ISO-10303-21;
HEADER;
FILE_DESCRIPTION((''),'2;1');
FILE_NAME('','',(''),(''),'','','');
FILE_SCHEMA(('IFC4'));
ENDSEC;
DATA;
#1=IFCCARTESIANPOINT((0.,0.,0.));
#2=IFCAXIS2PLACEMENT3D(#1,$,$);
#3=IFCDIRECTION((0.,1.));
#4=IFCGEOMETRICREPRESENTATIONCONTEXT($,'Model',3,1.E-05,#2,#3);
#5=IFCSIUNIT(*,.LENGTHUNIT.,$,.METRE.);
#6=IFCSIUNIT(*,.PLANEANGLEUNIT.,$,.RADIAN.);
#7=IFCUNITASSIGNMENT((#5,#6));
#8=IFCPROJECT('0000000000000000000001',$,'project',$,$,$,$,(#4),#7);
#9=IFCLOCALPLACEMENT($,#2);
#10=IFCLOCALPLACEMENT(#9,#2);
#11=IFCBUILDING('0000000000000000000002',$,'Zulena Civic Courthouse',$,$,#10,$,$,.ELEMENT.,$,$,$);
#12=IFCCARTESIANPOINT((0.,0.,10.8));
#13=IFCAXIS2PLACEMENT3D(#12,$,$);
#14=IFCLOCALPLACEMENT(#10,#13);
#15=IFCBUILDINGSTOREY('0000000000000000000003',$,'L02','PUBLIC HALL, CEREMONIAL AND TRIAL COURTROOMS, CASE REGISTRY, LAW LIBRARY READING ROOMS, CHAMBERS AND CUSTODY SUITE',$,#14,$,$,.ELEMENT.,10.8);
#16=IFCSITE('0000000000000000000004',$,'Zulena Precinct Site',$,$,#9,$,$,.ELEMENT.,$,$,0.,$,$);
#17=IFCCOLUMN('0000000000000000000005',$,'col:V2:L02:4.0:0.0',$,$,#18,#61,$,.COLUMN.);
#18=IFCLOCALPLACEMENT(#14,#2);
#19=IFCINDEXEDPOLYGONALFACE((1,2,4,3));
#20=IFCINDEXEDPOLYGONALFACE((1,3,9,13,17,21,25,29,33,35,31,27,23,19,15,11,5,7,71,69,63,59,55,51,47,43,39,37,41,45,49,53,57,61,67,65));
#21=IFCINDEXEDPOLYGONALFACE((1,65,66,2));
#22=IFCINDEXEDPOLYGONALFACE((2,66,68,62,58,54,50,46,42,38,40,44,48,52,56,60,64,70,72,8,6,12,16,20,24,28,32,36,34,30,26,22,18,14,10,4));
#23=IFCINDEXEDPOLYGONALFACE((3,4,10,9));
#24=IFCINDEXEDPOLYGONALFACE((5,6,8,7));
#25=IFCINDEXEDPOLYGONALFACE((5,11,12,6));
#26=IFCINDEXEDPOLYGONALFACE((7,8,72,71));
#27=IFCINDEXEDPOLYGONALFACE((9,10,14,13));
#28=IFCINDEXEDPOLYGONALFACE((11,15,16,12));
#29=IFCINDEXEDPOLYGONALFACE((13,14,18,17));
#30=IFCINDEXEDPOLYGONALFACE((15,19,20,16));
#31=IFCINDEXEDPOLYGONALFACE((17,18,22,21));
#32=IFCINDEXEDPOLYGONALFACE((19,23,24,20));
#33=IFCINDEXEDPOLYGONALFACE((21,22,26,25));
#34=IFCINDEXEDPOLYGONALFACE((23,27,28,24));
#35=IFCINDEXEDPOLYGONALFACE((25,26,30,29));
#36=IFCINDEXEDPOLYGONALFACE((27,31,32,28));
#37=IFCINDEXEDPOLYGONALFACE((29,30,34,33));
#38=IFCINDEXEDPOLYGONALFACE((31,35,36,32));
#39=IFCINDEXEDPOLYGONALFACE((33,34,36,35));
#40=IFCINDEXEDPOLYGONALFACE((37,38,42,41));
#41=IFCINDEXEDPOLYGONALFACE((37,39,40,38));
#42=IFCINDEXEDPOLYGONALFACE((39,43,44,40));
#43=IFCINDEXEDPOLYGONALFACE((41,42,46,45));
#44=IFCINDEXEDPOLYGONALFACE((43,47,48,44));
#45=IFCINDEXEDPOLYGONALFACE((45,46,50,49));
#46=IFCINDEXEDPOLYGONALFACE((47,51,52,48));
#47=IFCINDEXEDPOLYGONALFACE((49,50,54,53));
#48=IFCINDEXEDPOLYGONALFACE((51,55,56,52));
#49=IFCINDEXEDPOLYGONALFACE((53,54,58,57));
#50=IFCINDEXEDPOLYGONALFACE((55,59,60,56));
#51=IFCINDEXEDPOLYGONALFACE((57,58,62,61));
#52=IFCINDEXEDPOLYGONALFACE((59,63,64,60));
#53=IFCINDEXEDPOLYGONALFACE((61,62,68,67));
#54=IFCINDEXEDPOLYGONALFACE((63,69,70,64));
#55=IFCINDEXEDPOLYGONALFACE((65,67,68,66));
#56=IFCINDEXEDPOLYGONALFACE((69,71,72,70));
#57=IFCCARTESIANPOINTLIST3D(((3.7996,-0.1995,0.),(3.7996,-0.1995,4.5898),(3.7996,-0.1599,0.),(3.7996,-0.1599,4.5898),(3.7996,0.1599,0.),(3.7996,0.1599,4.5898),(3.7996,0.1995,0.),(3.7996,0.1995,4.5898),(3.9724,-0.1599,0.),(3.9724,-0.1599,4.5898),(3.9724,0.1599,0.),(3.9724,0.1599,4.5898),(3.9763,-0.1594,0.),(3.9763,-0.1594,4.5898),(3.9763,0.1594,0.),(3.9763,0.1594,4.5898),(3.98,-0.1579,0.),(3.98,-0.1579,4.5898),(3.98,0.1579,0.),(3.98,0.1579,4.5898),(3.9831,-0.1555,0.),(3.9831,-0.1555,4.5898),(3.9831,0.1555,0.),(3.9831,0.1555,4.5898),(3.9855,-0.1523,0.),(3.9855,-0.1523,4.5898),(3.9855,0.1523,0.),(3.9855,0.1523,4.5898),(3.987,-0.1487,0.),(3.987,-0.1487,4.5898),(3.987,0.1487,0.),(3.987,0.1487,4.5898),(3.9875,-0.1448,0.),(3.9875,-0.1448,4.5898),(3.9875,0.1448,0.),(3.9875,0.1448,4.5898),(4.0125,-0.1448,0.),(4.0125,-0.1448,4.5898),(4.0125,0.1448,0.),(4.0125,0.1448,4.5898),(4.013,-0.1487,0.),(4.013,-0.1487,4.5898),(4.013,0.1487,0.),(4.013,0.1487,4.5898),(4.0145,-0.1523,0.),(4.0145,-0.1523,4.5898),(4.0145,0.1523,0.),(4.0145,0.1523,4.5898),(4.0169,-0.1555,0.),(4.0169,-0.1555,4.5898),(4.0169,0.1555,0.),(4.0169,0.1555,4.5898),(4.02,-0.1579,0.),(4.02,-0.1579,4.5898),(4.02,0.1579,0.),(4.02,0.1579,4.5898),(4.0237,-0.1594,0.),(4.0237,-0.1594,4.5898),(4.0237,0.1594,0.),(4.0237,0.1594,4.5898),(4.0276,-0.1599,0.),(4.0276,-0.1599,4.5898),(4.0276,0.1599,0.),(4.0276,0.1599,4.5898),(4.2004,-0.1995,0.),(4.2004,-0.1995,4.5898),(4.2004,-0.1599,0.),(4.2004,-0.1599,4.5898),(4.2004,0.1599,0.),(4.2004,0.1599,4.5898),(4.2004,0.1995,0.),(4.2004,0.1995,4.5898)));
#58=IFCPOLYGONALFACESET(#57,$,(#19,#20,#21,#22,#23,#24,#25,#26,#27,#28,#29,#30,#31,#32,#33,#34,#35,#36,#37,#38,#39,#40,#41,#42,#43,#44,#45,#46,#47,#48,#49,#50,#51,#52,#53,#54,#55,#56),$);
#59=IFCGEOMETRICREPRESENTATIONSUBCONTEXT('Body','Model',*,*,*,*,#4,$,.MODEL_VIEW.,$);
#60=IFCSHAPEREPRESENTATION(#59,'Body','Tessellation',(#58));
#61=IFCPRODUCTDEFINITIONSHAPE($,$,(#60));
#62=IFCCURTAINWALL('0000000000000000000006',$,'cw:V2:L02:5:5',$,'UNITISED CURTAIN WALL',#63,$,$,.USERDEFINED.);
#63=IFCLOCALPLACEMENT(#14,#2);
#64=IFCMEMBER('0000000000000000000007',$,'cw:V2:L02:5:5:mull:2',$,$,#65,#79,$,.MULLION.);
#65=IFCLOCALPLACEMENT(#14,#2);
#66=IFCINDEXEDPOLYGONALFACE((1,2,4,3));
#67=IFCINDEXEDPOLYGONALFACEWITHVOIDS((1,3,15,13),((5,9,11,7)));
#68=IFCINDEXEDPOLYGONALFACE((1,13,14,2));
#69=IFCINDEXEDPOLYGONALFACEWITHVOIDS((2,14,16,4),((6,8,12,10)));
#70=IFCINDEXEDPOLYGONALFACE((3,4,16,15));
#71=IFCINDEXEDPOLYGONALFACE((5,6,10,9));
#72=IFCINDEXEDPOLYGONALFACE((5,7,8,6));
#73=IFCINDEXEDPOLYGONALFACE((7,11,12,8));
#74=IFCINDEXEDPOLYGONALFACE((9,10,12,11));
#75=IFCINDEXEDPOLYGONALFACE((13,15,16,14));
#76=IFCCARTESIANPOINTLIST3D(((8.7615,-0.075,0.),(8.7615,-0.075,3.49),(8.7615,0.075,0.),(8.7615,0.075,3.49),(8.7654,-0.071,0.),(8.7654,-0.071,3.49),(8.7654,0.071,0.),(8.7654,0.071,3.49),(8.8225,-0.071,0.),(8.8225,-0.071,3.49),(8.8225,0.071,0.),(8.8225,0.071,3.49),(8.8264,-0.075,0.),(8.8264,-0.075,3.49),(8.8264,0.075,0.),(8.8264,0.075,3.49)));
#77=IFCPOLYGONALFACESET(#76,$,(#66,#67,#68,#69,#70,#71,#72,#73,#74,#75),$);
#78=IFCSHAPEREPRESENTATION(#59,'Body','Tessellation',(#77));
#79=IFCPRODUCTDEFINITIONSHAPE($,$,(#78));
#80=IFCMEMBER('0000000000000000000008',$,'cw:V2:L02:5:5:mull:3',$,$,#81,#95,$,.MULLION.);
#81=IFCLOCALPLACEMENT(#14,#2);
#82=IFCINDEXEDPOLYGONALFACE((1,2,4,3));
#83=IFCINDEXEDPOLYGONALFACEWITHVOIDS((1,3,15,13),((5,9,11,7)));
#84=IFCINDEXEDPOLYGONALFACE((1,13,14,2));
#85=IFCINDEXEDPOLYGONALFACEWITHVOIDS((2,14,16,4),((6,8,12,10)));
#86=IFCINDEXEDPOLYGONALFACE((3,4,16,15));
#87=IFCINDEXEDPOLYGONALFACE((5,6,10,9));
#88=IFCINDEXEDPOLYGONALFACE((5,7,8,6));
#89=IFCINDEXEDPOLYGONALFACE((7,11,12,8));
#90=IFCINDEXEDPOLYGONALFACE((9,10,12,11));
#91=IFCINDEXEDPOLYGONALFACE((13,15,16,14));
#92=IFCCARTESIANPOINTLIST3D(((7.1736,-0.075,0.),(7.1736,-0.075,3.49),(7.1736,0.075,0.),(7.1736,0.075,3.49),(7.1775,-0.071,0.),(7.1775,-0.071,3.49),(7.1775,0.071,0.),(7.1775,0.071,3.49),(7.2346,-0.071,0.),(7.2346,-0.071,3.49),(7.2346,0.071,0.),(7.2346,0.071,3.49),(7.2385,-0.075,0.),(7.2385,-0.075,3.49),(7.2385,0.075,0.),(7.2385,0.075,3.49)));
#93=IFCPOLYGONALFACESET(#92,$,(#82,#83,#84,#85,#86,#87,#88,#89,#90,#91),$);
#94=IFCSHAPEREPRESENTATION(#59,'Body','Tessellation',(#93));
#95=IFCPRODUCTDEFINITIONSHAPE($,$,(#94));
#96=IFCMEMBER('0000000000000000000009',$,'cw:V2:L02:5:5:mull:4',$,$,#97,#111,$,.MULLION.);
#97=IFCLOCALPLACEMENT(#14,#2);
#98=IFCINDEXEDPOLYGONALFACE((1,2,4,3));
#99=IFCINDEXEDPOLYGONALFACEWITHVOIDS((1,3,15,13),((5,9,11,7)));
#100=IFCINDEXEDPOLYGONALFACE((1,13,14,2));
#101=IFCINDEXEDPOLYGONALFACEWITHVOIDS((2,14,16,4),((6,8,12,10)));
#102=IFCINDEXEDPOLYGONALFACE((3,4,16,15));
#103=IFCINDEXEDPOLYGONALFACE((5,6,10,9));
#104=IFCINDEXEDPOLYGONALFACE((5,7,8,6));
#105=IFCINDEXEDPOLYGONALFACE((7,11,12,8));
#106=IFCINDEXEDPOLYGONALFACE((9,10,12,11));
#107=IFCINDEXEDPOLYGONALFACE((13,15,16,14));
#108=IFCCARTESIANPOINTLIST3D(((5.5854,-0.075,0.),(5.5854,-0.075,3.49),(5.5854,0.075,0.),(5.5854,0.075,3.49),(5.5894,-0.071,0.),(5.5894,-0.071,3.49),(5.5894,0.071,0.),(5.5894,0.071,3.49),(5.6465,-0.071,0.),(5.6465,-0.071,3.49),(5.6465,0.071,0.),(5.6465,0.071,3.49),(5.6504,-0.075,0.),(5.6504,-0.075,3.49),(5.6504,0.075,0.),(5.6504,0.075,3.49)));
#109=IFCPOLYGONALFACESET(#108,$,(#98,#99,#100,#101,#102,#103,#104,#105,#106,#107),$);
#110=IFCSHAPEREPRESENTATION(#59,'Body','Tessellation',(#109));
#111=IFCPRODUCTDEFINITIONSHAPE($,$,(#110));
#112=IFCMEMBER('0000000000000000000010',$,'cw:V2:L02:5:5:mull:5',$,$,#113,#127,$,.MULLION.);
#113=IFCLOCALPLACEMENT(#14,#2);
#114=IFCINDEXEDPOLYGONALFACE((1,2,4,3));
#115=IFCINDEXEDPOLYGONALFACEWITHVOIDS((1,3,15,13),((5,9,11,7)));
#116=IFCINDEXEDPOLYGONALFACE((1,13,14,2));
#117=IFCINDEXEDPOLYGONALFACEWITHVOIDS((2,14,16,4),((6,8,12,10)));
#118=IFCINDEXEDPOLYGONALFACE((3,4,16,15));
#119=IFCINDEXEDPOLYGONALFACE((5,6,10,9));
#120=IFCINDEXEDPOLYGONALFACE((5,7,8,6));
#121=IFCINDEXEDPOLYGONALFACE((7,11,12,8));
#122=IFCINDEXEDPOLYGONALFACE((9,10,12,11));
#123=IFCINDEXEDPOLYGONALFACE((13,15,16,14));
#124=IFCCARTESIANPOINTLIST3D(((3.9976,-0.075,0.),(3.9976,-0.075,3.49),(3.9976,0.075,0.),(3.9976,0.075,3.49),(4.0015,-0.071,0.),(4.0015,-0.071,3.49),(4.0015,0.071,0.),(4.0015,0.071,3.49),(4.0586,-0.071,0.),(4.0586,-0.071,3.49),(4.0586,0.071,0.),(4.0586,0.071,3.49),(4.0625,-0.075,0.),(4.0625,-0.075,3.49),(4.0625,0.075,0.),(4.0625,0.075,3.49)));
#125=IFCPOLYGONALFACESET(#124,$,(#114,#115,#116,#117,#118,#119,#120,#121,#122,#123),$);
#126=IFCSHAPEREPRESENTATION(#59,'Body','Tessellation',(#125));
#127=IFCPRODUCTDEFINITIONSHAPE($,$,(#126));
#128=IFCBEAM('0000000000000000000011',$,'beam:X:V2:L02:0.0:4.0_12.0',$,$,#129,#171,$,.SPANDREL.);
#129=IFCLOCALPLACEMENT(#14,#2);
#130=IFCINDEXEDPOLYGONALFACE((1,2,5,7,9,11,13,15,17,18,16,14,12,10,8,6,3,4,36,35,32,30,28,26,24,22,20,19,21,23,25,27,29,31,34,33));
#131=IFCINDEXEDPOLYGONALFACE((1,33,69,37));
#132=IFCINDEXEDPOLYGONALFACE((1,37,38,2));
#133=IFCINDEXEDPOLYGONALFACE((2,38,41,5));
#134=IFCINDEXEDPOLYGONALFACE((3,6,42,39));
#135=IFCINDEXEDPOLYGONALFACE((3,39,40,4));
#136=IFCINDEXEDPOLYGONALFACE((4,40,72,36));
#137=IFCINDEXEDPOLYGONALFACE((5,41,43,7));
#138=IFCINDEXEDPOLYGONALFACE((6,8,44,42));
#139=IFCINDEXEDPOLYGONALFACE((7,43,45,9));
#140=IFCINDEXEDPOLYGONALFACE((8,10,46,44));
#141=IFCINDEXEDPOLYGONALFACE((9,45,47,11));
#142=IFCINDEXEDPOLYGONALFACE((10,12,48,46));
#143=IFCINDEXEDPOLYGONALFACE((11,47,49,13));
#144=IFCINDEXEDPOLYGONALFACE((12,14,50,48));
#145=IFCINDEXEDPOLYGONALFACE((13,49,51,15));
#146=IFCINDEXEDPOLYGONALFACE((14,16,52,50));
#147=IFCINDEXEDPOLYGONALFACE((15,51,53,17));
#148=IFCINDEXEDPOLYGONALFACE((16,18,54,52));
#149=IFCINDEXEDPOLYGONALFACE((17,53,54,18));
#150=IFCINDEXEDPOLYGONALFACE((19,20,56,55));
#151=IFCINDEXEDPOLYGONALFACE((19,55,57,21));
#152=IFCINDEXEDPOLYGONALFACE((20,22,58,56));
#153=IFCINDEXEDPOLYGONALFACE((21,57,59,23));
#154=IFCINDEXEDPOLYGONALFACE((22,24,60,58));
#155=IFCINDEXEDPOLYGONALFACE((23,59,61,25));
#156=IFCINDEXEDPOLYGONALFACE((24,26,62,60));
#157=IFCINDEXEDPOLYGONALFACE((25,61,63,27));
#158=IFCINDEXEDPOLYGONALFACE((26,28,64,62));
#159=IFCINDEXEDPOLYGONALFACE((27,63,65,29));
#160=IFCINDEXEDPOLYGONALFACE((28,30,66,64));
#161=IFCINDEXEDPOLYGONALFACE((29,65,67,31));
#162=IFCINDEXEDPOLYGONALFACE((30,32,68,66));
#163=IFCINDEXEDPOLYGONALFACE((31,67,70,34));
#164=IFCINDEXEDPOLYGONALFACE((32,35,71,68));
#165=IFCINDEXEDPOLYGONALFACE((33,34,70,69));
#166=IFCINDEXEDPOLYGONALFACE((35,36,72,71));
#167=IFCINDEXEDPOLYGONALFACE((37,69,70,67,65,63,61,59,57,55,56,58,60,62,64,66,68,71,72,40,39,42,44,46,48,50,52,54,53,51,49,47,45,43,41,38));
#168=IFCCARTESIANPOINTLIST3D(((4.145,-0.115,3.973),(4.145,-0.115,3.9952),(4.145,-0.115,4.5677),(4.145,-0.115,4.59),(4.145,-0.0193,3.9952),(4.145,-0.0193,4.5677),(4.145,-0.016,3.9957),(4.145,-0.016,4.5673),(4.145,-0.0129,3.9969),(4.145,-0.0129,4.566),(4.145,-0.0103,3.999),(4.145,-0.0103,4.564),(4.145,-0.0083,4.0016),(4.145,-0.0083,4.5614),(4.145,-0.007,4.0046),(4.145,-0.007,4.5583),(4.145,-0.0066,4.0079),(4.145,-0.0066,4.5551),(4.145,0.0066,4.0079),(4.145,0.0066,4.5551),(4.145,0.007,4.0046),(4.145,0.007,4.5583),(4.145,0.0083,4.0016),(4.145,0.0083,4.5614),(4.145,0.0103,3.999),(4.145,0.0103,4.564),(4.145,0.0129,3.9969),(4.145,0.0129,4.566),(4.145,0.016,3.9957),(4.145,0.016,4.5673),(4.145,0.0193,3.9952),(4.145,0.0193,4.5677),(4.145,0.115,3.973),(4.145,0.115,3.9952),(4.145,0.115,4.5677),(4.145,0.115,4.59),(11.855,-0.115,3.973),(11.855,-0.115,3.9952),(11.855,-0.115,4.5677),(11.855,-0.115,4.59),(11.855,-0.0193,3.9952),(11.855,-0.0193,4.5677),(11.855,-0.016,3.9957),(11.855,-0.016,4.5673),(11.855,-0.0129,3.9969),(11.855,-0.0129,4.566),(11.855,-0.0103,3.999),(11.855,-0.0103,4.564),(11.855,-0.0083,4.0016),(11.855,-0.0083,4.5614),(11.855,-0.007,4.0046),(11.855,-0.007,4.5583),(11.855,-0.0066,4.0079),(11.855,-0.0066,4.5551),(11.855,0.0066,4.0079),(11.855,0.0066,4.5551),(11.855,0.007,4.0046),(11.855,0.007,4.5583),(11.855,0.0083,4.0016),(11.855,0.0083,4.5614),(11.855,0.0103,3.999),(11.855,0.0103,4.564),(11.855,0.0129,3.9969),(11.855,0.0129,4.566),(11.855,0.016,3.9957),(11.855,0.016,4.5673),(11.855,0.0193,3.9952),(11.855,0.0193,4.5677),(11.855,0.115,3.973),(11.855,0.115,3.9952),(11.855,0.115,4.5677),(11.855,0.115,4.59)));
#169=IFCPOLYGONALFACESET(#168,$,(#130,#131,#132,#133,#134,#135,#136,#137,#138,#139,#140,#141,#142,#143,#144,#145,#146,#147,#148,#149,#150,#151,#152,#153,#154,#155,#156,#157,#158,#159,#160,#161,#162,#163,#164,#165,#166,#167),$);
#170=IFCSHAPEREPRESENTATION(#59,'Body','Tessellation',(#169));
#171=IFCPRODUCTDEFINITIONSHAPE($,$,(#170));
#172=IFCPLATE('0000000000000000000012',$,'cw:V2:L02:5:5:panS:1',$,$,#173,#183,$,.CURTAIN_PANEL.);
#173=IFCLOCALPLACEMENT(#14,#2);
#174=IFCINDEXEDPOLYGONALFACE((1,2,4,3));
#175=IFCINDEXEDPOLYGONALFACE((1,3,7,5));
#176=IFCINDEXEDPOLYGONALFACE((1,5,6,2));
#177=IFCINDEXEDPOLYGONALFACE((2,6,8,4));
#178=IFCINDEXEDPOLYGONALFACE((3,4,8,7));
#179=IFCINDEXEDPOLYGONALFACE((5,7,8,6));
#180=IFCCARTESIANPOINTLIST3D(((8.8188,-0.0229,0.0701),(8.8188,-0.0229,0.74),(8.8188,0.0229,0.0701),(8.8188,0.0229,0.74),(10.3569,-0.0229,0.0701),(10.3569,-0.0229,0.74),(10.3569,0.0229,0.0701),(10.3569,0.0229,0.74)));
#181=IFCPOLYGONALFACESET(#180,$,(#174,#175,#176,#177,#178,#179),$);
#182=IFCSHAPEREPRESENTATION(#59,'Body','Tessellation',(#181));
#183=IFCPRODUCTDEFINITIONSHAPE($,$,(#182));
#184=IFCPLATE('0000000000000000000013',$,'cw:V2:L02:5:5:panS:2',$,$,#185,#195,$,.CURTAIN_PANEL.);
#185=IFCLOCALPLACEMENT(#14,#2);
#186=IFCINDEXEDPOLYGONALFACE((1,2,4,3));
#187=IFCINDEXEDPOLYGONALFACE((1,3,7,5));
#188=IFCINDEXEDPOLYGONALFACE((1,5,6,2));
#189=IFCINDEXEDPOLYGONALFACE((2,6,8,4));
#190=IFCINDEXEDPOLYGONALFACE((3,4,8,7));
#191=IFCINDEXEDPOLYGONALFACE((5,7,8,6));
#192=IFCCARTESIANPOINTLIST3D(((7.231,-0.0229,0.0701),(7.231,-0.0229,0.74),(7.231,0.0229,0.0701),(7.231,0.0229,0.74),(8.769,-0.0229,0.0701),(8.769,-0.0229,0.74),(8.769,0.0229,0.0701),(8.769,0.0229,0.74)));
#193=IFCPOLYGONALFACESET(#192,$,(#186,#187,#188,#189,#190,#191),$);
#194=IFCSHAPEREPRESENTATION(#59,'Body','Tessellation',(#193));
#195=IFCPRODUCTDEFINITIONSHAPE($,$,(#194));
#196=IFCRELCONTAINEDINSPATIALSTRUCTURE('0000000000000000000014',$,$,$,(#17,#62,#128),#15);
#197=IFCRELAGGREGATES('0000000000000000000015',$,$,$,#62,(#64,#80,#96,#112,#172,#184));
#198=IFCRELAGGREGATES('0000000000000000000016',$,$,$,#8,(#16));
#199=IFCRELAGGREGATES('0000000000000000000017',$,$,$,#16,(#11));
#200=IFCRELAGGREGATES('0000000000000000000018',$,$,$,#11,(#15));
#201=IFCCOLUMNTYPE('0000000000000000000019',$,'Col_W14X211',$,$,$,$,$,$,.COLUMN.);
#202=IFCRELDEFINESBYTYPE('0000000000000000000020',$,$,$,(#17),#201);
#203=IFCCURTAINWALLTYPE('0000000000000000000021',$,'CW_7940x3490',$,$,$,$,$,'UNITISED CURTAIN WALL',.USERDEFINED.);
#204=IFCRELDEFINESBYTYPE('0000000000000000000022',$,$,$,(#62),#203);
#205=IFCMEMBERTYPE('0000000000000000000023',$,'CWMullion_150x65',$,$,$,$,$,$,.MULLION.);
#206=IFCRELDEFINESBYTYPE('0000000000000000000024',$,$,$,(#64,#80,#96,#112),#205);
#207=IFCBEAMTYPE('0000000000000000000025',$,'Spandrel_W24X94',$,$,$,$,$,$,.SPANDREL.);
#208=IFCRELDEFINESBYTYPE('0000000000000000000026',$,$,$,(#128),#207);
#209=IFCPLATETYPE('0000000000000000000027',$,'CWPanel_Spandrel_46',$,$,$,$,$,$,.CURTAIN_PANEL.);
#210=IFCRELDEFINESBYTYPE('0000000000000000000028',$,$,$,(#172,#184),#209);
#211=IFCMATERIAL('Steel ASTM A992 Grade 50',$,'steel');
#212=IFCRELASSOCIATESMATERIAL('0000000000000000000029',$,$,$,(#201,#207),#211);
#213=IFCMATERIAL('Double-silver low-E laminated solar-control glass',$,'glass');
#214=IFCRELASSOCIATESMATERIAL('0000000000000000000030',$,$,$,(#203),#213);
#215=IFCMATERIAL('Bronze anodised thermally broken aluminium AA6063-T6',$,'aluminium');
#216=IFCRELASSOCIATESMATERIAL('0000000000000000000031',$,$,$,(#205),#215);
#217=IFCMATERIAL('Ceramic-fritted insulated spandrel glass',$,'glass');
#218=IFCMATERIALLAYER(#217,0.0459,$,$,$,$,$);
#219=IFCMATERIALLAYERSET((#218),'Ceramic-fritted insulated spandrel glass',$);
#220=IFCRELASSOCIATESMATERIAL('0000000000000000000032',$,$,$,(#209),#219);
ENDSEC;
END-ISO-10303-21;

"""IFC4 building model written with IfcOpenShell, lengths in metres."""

from ifc_helpers import new_model, si_unit, direction, frame, origin, origin_2d, place, context, subcontext, project, spatial, rectangle, hollow_rectangle, i_section, extrude, material, layer, layer_set, material_profile, profile_set, type_object, element, aggregate, save


model = new_model("IFC4")

# Units and contexts
model_context = context("Model", 3, precision=1e-05, world=origin(), true_north=direction((0.0, 1.0)))
body_context = subcontext(model_context, "Body", "Model", "MODEL_VIEW")
ifc_project = project(units=[si_unit("LENGTHUNIT", "METRE"), si_unit("PLANEANGLEUNIT", "RADIAN")], contexts=[model_context])

# Site, building, storey
site_placement = place(None, origin())
site = spatial("IfcSite", under=ifc_project, at=site_placement, Name="Zulena Precinct Site", CompositionType="ELEMENT", RefElevation=0.0)
building_placement = place(site_placement, origin())
building = spatial("IfcBuilding", under=site, at=building_placement, Name="Zulena Civic Courthouse", CompositionType="ELEMENT")
storey_placement = place(building_placement, frame((0.0, 0.0, 10.8)))
storey = spatial("IfcBuildingStorey", under=building, at=storey_placement, Name="L02", Description="PUBLIC HALL, CEREMONIAL AND TRIAL COURTROOMS, CASE REGISTRY, LAW LIBRARY READING ROOMS, CHAMBERS AND CUSTODY SUITE", CompositionType="ELEMENT", Elevation=10.8)

# Column
ifc_material_1 = material(Name="Steel ASTM A992 Grade 50", Category="steel")
ifc_material_profile_1 = material_profile(ifc_material_1, i_section(OverallWidth=0.4009, OverallDepth=0.3989, WebThickness=0.0249, FlangeThickness=0.0396, FilletRadius=0.0151, at=origin_2d()), Name="W14X211")
ifc_profile_set_1 = profile_set([ifc_material_profile_1], Name="Steel ASTM A992 Grade 50")
column_type = type_object("IfcColumnType", Name="Col_W14X211", PredefinedType="COLUMN", material=ifc_profile_set_1)
column_placement = place(storey_placement, frame((4.0, 0.0, 0.0), z_axis=(0.0, 0.0, 1.0), x_axis=(1.0, 0.0, 0.0)))
element("IfcColumn", 1, at=column_placement, inside=storey, type_object=column_type, Name="col:V2:L02:4.0:0.0", PredefinedType="COLUMN", context=body_context, shape_type="SweptSolid", body=[
    extrude(i_section(OverallWidth=0.4009, OverallDepth=0.3989, WebThickness=0.0249, FlangeThickness=0.0396, FilletRadius=0.0151, at=origin_2d()), origin(), (0.0, 0.0, 1.0), 4.5898),
])

# Curtain wall, members
ifc_material_2 = material(Name="Double-silver low-E laminated solar-control glass", Category="glass")
curtain_wall_type = type_object("IfcCurtainWallType", Name="CW_7940x3490", ElementType="UNITISED CURTAIN WALL", PredefinedType="USERDEFINED", material=ifc_material_2)
curtain_wall_placement = place(storey_placement, origin())
curtain_wall = element("IfcCurtainWall", 2, at=curtain_wall_placement, inside=storey, type_object=curtain_wall_type, Name="cw:V2:L02:5:5", ObjectType="UNITISED CURTAIN WALL", PredefinedType="USERDEFINED")
ifc_material_3 = material(Name="Bronze anodised thermally broken aluminium AA6063-T6", Category="aluminium")
ifc_material_profile_2 = material_profile(ifc_material_3, hollow_rectangle(XDim=0.0649, YDim=0.1499, WallThickness=0.0039, at=origin_2d()), Name="CWM150X65X4")
ifc_profile_set_2 = profile_set([ifc_material_profile_2], Name="Bronze anodised thermally broken aluminium AA6063-T6")
member_type = type_object("IfcMemberType", Name="CWMullion_150x65", PredefinedType="MULLION", material=ifc_profile_set_2)
member_1_placement = place(storey_placement, frame((8.7939, 0.0, 0.0), z_axis=(0.0, 0.0, 1.0), x_axis=(1.0, 0.0, 0.0)))
member_1 = element("IfcMember", 3, at=member_1_placement, type_object=member_type, Name="cw:V2:L02:5:5:mull:2", PredefinedType="MULLION", context=body_context, shape_type="SweptSolid", body=[
    extrude(hollow_rectangle(XDim=0.0649, YDim=0.1499, WallThickness=0.0039, at=origin_2d()), origin(), (0.0, 0.0, 1.0), 3.49),
])
member_2_placement = place(storey_placement, frame((7.2061, 0.0, 0.0), z_axis=(0.0, 0.0, 1.0), x_axis=(1.0, 0.0, 0.0)))
member_2 = element("IfcMember", 4, at=member_2_placement, type_object=member_type, Name="cw:V2:L02:5:5:mull:3", PredefinedType="MULLION", context=body_context, shape_type="SweptSolid", body=[
    extrude(hollow_rectangle(XDim=0.0649, YDim=0.1499, WallThickness=0.0039, at=origin_2d()), origin(), (0.0, 0.0, 1.0), 3.49),
])
member_3_placement = place(storey_placement, frame((5.6179, 0.0, 0.0), z_axis=(0.0, 0.0, 1.0), x_axis=(1.0, 0.0, 0.0)))
member_3 = element("IfcMember", 5, at=member_3_placement, type_object=member_type, Name="cw:V2:L02:5:5:mull:4", PredefinedType="MULLION", context=body_context, shape_type="SweptSolid", body=[
    extrude(hollow_rectangle(XDim=0.0649, YDim=0.1499, WallThickness=0.0039, at=origin_2d()), origin(), (0.0, 0.0, 1.0), 3.49),
])
member_4_placement = place(storey_placement, frame((4.03, 0.0, 0.0), z_axis=(0.0, 0.0, 1.0), x_axis=(1.0, 0.0, 0.0)))
member_4 = element("IfcMember", 6, at=member_4_placement, type_object=member_type, Name="cw:V2:L02:5:5:mull:5", PredefinedType="MULLION", context=body_context, shape_type="SweptSolid", body=[
    extrude(hollow_rectangle(XDim=0.0649, YDim=0.1499, WallThickness=0.0039, at=origin_2d()), origin(), (0.0, 0.0, 1.0), 3.49),
])

# Beam
ifc_material_profile_3 = material_profile(ifc_material_1, i_section(OverallWidth=0.23, OverallDepth=0.6169, WebThickness=0.0132, FlangeThickness=0.0222, FilletRadius=0.0127, at=origin_2d()), Name="W24X94")
ifc_profile_set_3 = profile_set([ifc_material_profile_3], Name="Steel ASTM A992 Grade 50")
beam_type = type_object("IfcBeamType", Name="Spandrel_W24X94", PredefinedType="SPANDREL", material=ifc_profile_set_3)
beam_placement = place(storey_placement, frame((4.145, 0.0, 4.2815), z_axis=(1.0, 0.0, 0.0), x_axis=(0.0, 1.0, 0.0)))
element("IfcBeam", 7, at=beam_placement, inside=storey, type_object=beam_type, Name="beam:X:V2:L02:0.0:4.0_12.0", PredefinedType="SPANDREL", context=body_context, shape_type="SweptSolid", body=[
    extrude(i_section(OverallWidth=0.23, OverallDepth=0.6169, WebThickness=0.0132, FlangeThickness=0.0222, FilletRadius=0.0127, at=origin_2d()), origin(), (0.0, 0.0, 1.0), 7.71),
])

# Plates
ifc_material_4 = material(Name="Ceramic-fritted insulated spandrel glass", Category="glass")
ifc_layer_1 = layer(ifc_material_4, 0.0459)
ifc_layer_set_1 = layer_set([ifc_layer_1], Name="Ceramic-fritted insulated spandrel glass")
plate_type_1 = type_object("IfcPlateType", Name="CWPanel_Spandrel_46", PredefinedType="CURTAIN_PANEL", material=ifc_layer_set_1)
plate_1_placement = place(storey_placement, frame((9.5879, 0.0, 0.0701), z_axis=(0.0, 0.0, 1.0), x_axis=(-1.0, 0.0, 0.0)))
plate_1 = element("IfcPlate", 8, at=plate_1_placement, type_object=plate_type_1, Name="cw:V2:L02:5:5:panS:1", PredefinedType="CURTAIN_PANEL", context=body_context, shape_type="SweptSolid", body=[
    extrude(rectangle(XDim=1.5381, YDim=0.0459, at=origin_2d()), origin(), (0.0, 0.0, 1.0), 0.6699),
])
plate_2_placement = place(storey_placement, frame((8.0, 0.0, 0.0701), z_axis=(0.0, 0.0, 1.0), x_axis=(-1.0, 0.0, 0.0)))
plate_2 = element("IfcPlate", 9, at=plate_2_placement, type_object=plate_type_1, Name="cw:V2:L02:5:5:panS:2", PredefinedType="CURTAIN_PANEL", context=body_context, shape_type="SweptSolid", body=[
    extrude(rectangle(XDim=1.5381, YDim=0.0459, at=origin_2d()), origin(), (0.0, 0.0, 1.0), 0.6699),
])
aggregate(curtain_wall, [member_1, member_2, member_3, member_4, plate_1, plate_2])

save(model, "model.ifc")
